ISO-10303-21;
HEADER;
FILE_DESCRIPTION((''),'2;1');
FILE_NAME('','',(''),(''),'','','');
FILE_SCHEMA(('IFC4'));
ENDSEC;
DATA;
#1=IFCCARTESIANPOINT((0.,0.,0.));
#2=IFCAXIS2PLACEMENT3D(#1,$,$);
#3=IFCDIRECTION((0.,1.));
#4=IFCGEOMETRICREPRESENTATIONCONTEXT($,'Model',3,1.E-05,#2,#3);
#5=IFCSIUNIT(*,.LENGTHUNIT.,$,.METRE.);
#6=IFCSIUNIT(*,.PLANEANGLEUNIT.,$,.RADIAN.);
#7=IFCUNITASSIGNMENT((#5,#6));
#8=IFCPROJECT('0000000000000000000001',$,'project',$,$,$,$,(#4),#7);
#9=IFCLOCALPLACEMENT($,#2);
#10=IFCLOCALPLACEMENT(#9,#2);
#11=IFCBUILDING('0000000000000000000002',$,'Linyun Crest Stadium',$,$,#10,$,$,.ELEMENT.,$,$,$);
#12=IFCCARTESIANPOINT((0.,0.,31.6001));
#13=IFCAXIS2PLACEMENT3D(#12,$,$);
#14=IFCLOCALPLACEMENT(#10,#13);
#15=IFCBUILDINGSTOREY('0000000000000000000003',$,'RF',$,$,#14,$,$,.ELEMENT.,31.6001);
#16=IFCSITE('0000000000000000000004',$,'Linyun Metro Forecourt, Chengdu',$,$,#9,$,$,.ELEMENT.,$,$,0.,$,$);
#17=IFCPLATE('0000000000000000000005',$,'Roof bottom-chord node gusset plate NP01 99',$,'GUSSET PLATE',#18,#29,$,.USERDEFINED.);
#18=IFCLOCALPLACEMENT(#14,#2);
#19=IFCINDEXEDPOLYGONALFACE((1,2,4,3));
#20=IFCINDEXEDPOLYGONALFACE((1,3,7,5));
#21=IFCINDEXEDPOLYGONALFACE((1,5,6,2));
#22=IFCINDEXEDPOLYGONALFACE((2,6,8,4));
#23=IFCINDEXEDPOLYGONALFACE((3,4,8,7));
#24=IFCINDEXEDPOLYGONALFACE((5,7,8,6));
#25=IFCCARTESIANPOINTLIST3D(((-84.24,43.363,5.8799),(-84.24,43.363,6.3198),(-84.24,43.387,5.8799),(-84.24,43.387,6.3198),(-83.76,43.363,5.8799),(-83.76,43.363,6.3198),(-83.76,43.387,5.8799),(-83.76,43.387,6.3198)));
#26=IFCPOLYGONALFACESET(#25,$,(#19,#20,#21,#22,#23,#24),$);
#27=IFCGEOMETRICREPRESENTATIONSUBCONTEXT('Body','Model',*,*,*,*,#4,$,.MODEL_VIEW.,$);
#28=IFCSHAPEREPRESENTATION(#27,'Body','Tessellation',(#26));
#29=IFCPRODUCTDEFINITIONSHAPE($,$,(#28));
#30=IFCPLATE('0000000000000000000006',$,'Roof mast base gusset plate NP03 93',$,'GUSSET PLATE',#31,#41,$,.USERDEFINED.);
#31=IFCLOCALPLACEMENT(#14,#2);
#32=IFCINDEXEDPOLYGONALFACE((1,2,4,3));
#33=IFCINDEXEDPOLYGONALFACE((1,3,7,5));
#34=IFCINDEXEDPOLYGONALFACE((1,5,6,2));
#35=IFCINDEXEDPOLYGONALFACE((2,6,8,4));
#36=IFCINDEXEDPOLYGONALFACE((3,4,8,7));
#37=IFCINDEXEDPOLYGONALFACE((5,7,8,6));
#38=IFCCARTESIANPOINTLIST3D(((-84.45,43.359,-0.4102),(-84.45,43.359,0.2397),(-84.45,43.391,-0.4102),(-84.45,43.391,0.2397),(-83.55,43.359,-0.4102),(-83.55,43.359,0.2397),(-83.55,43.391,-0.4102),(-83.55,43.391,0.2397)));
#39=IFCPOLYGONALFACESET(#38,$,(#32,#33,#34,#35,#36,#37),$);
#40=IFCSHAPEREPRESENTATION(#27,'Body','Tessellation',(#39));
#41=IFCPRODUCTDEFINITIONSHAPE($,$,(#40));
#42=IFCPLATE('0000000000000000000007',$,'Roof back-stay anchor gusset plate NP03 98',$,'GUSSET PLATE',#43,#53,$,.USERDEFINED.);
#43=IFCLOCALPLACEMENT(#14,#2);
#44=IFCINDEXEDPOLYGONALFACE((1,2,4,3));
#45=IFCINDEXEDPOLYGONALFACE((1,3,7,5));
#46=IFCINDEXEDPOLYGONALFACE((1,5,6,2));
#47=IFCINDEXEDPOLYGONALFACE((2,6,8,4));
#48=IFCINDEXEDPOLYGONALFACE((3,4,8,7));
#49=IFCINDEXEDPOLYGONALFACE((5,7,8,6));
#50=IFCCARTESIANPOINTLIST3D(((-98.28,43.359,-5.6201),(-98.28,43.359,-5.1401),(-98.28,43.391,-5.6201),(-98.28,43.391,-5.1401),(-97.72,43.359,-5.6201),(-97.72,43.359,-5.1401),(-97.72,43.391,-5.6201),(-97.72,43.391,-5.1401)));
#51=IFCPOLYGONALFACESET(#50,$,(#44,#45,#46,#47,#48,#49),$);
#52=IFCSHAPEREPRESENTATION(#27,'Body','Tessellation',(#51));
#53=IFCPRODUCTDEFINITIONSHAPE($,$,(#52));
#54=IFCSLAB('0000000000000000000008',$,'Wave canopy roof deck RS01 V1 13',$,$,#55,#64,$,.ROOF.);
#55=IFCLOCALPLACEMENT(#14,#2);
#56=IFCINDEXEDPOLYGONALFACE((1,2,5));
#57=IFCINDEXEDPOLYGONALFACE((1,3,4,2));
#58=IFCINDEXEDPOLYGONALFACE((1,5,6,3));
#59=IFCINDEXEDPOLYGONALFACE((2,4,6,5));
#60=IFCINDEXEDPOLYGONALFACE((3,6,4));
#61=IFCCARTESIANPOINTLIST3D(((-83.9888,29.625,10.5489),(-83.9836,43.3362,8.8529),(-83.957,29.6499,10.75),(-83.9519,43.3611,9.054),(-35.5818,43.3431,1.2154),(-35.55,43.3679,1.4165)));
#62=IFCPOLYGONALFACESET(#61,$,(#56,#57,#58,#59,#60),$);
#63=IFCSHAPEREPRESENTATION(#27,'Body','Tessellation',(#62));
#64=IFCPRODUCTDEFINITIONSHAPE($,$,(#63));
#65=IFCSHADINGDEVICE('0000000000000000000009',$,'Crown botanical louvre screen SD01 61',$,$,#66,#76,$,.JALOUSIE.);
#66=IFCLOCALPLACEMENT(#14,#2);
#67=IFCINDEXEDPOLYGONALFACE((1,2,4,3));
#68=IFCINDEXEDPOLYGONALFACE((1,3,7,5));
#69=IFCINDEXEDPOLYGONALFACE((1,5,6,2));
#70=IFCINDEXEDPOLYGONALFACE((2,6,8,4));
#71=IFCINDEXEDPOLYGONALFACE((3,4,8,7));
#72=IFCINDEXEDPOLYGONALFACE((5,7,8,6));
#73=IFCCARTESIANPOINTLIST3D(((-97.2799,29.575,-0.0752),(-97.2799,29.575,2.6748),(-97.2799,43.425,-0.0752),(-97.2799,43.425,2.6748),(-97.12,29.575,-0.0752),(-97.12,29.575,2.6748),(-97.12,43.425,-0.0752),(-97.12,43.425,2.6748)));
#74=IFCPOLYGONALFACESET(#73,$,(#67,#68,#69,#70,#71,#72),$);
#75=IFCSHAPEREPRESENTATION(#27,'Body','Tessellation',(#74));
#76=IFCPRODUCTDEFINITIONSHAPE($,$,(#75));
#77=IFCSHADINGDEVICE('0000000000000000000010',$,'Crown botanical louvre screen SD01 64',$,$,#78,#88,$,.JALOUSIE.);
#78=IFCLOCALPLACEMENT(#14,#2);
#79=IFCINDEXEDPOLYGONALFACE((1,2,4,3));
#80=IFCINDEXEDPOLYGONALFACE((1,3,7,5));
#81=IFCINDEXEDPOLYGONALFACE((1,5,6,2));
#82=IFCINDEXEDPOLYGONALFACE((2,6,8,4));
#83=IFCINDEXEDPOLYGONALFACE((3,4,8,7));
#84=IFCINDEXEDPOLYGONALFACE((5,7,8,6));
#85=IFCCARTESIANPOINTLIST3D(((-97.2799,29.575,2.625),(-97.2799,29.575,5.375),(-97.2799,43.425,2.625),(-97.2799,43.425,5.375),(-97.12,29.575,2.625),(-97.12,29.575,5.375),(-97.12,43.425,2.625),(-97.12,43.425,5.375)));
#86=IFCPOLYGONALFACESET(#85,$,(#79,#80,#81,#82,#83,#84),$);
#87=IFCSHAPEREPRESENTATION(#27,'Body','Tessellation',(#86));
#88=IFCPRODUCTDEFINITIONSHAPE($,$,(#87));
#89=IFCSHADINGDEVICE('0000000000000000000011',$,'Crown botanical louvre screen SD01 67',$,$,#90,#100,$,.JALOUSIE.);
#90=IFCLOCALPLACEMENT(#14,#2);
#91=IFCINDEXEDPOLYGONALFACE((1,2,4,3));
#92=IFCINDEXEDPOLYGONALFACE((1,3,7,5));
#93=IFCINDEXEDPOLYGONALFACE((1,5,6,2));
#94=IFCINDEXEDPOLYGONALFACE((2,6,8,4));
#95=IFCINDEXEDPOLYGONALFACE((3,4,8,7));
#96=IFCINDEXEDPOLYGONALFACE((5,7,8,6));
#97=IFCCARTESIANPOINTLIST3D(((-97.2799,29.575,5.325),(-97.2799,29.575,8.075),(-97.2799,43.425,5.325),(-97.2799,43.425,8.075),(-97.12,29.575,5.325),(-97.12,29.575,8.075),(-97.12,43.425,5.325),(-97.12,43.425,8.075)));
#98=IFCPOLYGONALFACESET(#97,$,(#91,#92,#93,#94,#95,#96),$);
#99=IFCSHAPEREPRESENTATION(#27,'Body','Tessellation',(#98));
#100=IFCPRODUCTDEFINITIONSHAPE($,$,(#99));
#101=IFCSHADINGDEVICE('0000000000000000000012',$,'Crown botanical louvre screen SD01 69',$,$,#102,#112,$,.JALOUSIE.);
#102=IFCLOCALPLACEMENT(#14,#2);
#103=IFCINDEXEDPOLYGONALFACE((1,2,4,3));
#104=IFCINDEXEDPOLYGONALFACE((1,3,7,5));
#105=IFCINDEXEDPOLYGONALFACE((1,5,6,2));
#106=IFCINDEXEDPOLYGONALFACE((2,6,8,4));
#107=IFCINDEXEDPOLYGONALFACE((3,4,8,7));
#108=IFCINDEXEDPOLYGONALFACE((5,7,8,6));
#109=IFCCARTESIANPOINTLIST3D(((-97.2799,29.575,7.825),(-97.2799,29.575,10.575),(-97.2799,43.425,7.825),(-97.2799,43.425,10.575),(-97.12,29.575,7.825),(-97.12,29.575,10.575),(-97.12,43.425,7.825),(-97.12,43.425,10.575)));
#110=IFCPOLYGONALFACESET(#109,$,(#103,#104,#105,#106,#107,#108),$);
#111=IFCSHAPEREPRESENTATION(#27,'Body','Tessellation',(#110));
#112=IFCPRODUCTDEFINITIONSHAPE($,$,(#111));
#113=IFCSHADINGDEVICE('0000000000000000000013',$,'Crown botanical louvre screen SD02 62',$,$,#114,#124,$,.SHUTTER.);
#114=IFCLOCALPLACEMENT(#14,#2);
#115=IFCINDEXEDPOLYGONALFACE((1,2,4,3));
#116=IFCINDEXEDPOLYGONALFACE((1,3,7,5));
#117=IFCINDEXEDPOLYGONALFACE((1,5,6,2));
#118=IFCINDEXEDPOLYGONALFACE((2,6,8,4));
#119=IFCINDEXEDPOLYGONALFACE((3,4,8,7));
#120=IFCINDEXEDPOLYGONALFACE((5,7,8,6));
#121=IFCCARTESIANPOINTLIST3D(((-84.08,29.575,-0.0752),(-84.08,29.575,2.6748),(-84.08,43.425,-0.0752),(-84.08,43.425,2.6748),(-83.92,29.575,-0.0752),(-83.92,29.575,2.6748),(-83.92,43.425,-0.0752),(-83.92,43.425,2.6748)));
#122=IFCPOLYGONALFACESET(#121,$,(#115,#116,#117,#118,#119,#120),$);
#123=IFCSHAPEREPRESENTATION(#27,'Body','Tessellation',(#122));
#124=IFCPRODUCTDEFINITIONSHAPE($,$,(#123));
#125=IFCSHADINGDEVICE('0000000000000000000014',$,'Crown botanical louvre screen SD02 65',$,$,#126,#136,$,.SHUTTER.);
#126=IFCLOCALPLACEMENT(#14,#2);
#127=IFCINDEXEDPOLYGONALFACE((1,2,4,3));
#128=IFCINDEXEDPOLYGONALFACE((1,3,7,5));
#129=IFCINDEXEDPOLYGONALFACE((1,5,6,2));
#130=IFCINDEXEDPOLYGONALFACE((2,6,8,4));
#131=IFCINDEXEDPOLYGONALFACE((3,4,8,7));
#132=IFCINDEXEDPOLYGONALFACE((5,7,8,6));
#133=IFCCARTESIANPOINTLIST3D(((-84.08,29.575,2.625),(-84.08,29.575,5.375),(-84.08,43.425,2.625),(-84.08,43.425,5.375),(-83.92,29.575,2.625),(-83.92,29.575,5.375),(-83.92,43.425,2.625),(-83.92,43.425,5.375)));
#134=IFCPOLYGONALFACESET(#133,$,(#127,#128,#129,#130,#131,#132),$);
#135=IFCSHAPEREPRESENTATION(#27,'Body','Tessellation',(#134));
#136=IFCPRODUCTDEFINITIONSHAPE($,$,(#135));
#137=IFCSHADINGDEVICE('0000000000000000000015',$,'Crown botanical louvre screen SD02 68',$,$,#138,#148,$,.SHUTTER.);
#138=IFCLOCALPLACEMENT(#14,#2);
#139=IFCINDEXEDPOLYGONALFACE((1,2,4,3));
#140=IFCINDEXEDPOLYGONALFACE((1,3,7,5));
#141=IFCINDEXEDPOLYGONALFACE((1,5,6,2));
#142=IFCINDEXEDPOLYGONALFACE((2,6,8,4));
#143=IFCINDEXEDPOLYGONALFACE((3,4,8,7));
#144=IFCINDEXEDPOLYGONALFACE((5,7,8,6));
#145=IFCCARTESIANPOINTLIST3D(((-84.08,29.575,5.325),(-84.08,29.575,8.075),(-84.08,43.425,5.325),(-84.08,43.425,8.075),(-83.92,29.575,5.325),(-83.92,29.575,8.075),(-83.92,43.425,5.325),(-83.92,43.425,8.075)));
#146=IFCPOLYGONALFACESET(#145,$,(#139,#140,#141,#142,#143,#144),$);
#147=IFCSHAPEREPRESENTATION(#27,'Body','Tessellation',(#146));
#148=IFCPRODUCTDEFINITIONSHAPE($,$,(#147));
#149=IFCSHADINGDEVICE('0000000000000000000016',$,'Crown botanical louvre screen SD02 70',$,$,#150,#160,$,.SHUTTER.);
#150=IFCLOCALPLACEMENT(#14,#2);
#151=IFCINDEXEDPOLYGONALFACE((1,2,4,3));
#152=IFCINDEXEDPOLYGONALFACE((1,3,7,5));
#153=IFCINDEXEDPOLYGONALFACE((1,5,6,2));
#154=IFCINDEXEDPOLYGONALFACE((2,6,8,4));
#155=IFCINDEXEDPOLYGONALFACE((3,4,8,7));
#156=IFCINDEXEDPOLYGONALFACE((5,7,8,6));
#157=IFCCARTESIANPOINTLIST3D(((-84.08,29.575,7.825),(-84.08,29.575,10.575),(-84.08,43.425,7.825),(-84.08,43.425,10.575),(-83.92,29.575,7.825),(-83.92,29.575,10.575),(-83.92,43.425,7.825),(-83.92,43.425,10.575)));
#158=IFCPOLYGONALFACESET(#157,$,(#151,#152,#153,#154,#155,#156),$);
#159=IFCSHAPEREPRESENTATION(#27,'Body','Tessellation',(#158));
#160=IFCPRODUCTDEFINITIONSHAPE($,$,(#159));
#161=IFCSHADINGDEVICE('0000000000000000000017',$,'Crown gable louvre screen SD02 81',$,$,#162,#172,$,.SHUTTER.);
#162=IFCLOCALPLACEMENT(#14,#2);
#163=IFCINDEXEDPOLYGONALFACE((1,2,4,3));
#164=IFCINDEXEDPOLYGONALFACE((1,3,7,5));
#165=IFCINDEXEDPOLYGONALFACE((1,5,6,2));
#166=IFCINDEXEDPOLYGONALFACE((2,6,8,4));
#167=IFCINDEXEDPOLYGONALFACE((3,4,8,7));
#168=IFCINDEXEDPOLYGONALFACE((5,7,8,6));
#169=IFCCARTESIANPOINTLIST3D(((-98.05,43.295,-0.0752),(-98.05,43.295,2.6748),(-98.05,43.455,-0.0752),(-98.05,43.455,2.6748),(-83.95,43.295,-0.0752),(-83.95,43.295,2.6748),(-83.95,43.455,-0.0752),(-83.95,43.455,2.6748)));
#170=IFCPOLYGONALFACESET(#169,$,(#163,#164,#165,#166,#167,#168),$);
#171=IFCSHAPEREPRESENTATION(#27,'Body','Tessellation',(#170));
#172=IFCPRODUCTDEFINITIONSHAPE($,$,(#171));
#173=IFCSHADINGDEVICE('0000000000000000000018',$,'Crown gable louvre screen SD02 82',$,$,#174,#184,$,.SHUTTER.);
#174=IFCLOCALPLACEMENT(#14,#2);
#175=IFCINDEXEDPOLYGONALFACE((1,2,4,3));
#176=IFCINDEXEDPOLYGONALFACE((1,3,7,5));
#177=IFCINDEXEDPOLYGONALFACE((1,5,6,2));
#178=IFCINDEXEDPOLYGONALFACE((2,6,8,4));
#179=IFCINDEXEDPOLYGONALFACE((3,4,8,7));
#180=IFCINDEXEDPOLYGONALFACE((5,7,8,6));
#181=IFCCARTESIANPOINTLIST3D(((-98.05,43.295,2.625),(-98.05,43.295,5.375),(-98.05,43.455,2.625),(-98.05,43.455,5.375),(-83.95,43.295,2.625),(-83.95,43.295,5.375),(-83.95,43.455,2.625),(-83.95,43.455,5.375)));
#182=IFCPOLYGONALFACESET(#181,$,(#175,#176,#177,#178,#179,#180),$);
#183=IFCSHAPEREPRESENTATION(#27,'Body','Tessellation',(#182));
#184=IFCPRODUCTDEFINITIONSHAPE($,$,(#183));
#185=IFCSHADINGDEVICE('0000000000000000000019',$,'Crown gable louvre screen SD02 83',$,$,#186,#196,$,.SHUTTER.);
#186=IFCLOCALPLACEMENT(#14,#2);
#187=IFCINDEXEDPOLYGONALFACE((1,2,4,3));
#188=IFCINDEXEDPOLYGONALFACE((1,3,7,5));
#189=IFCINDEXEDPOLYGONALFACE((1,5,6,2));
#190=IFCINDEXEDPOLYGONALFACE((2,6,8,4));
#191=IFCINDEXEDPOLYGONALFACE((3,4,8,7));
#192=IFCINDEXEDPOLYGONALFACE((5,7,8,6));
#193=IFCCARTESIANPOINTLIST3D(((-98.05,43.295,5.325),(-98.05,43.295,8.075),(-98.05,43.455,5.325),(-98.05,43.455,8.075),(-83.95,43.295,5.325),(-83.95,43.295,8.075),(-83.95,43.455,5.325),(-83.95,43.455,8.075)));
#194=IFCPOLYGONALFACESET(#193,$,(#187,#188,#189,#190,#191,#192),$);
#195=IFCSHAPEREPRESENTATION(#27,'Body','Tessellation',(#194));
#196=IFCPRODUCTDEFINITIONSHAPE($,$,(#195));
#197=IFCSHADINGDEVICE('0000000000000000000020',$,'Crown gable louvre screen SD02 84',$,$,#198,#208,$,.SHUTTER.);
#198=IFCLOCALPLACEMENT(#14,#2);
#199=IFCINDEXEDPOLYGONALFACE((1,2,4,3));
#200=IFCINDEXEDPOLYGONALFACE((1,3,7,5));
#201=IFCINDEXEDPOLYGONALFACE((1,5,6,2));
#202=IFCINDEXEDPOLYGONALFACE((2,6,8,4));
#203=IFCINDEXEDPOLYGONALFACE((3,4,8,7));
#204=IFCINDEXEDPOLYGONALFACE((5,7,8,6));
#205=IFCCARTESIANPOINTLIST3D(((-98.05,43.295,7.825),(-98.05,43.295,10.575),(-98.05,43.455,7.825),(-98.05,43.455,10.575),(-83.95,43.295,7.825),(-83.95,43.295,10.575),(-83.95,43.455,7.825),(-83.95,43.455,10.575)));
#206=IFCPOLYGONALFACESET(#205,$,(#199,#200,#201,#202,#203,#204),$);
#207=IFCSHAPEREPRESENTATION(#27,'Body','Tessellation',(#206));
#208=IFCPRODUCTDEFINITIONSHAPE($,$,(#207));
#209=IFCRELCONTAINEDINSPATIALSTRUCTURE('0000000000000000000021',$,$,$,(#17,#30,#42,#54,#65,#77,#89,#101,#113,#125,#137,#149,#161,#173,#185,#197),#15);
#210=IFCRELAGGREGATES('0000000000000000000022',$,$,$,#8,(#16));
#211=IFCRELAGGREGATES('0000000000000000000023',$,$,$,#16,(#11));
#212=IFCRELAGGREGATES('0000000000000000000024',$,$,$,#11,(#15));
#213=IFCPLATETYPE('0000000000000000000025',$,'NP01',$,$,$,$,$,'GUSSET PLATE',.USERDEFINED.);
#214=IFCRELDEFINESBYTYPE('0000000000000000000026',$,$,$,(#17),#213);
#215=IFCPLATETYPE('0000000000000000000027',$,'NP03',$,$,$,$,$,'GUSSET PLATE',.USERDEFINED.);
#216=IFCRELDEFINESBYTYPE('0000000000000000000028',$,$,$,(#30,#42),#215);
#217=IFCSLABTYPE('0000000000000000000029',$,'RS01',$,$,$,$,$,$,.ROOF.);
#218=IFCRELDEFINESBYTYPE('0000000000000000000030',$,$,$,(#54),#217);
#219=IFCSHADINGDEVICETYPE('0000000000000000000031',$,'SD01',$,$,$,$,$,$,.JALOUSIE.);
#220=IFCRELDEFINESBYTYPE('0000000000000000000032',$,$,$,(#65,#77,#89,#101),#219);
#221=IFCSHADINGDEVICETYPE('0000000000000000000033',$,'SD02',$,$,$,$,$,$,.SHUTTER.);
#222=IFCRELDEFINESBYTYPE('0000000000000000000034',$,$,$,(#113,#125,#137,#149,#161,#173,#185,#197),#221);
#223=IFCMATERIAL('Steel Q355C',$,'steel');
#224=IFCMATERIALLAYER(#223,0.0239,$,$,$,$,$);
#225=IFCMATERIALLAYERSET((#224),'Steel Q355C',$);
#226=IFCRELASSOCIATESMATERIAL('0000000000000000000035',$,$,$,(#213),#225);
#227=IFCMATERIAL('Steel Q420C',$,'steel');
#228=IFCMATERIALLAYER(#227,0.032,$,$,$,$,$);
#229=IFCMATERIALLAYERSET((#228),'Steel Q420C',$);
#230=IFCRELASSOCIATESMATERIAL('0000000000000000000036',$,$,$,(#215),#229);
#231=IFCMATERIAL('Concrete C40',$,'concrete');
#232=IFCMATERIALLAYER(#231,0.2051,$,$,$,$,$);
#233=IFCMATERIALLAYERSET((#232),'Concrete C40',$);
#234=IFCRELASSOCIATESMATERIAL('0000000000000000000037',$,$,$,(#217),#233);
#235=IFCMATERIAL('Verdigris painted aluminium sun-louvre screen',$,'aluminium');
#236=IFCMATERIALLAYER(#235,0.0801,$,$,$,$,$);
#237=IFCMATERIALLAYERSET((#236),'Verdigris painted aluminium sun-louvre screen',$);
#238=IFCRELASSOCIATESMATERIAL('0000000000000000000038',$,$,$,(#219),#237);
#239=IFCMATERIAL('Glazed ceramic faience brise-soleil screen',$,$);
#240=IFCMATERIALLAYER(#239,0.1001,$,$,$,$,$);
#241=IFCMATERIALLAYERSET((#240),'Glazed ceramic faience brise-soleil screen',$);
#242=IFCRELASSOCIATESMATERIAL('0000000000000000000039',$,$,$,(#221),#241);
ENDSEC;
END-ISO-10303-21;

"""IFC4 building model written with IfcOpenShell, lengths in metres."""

from ifc_helpers import new_model, si_unit, direction, frame, origin, origin_2d, place, context, subcontext, project, spatial, polyline, rectangle, outline, extrude, material, layer, layer_set, type_object, element, save


model = new_model("IFC4")

# Units and contexts
model_context = context("Model", 3, precision=1e-05, world=origin(), true_north=direction((0.0, 1.0)))
body_context = subcontext(model_context, "Body", "Model", "MODEL_VIEW")
ifc_project = project(units=[si_unit("LENGTHUNIT", "METRE"), si_unit("PLANEANGLEUNIT", "RADIAN")], contexts=[model_context])

# Site, building, storey
site_placement = place(None, origin())
site = spatial("IfcSite", under=ifc_project, at=site_placement, Name="Linyun Metro Forecourt, Chengdu", CompositionType="ELEMENT", RefElevation=0.0)
building_placement = place(site_placement, origin())
building = spatial("IfcBuilding", under=site, at=building_placement, Name="Linyun Crest Stadium", CompositionType="ELEMENT")
storey_placement = place(building_placement, frame((0.0, 0.0, 31.6001)))
storey = spatial("IfcBuildingStorey", under=building, at=storey_placement, Name="RF", CompositionType="ELEMENT", Elevation=31.6001)

# Plates
ifc_material_1 = material(Name="Steel Q355C", Category="steel")
ifc_layer_1 = layer(ifc_material_1, 0.0239)
ifc_layer_set_1 = layer_set([ifc_layer_1], Name="Steel Q355C")
plate_type_1 = type_object("IfcPlateType", Name="NP01", ElementType="GUSSET PLATE", PredefinedType="USERDEFINED", material=ifc_layer_set_1)
plate_1_placement = place(storey_placement, frame((-84.0, 43.375, 5.8799), z_axis=(0.0, 0.0, 1.0), x_axis=(1.0, 0.0, 0.0)))
element("IfcPlate", 1, at=plate_1_placement, inside=storey, type_object=plate_type_1, Name="Roof bottom-chord node gusset plate NP01 99", ObjectType="GUSSET PLATE", PredefinedType="USERDEFINED", context=body_context, shape_type="SweptSolid", body=[
    extrude(rectangle(XDim=0.48, YDim=0.0239, at=origin_2d()), origin(), (0.0, 0.0, 1.0), 0.4399),
])
ifc_material_2 = material(Name="Steel Q420C", Category="steel")
ifc_layer_2 = layer(ifc_material_2, 0.032)
ifc_layer_set_2 = layer_set([ifc_layer_2], Name="Steel Q420C")
plate_type_2 = type_object("IfcPlateType", Name="NP03", ElementType="GUSSET PLATE", PredefinedType="USERDEFINED", material=ifc_layer_set_2)
plate_2_placement = place(storey_placement, frame((-84.0, 43.375, -0.4102), z_axis=(0.0, 0.0, 1.0), x_axis=(1.0, 0.0, 0.0)))
element("IfcPlate", 2, at=plate_2_placement, inside=storey, type_object=plate_type_2, Name="Roof mast base gusset plate NP03 93", ObjectType="GUSSET PLATE", PredefinedType="USERDEFINED", context=body_context, shape_type="SweptSolid", body=[
    extrude(rectangle(XDim=0.8999, YDim=0.032, at=origin_2d()), origin(), (0.0, 0.0, 1.0), 0.6499),
])
plate_3_placement = place(storey_placement, frame((-98.0, 43.375, -5.6201), z_axis=(0.0, 0.0, 1.0), x_axis=(1.0, 0.0, 0.0)))
element("IfcPlate", 3, at=plate_3_placement, inside=storey, type_object=plate_type_2, Name="Roof back-stay anchor gusset plate NP03 98", ObjectType="GUSSET PLATE", PredefinedType="USERDEFINED", context=body_context, shape_type="SweptSolid", body=[
    extrude(rectangle(XDim=0.5601, YDim=0.032, at=origin_2d()), origin(), (0.0, 0.0, 1.0), 0.48),
])

# Slab
ifc_material_3 = material(Name="Concrete C40", Category="concrete")
ifc_layer_3 = layer(ifc_material_3, 0.2051)
ifc_layer_set_3 = layer_set([ifc_layer_3], Name="Concrete C40")
slab_type = type_object("IfcSlabType", Name="RS01", PredefinedType="ROOF", material=ifc_layer_set_3)
slab_placement = place(storey_placement, frame((-83.957, 29.6499, 10.75), z_axis=(0.154698, 0.121227, 0.980496), x_axis=(0.000371, 0.992436, -0.122762)))
element("IfcSlab", 4, at=slab_placement, inside=storey, type_object=slab_type, Name="Wave canopy roof deck RS01 V1 13", PredefinedType="ROOF", context=body_context, shape_type="SweptSolid", body=[
    extrude(outline(polyline([(0.0, 0.0), (13.8157, 0.0), (14.778, -48.9913), (0.0, 0.0)])), origin(), (0.0, 0.0, -1.0), 0.2051),
])

# Shading devices
ifc_material_4 = material(Name="Verdigris painted aluminium sun-louvre screen", Category="aluminium")
ifc_layer_4 = layer(ifc_material_4, 0.0801)
ifc_layer_set_4 = layer_set([ifc_layer_4], Name="Verdigris painted aluminium sun-louvre screen")
shading_device_type_1 = type_object("IfcShadingDeviceType", Name="SD01", PredefinedType="JALOUSIE", material=ifc_layer_set_4)
for number, where, z_axis, x_axis, name in (
    (5, (-97.2, 36.5, -0.0752), (0.0, 0.0, 1.0), (1.0, 0.0, 0.0), "Crown botanical louvre screen SD01 61"),
    (6, (-97.2, 36.5, 2.625), (0.0, 0.0, 1.0), (1.0, 0.0, 0.0), "Crown botanical louvre screen SD01 64"),
    (7, (-97.2, 36.5, 5.325), (0.0, 0.0, 1.0), (1.0, 0.0, 0.0), "Crown botanical louvre screen SD01 67"),
    (8, (-97.2, 36.5, 7.825), (0.0, 0.0, 1.0), (1.0, 0.0, 0.0), "Crown botanical louvre screen SD01 69"),
):
    element("IfcShadingDevice", number, at=place(storey_placement, frame(where, z_axis=z_axis, x_axis=x_axis)), inside=storey, type_object=shading_device_type_1, Name=name, PredefinedType="JALOUSIE", context=body_context, shape_type="SweptSolid", body=[
        extrude(rectangle(XDim=0.1599, YDim=13.8501, at=origin_2d()), origin(), (0.0, 0.0, 1.0), 2.75),
    ])
ifc_material_5 = material(Name="Glazed ceramic faience brise-soleil screen")
ifc_layer_5 = layer(ifc_material_5, 0.1001)
ifc_layer_set_5 = layer_set([ifc_layer_5], Name="Glazed ceramic faience brise-soleil screen")
shading_device_type_2 = type_object("IfcShadingDeviceType", Name="SD02", PredefinedType="SHUTTER", material=ifc_layer_set_5)
for number, where, z_axis, x_axis, name in (
    (9, (-84.0, 36.5, -0.0752), (0.0, 0.0, 1.0), (1.0, 0.0, 0.0), "Crown botanical louvre screen SD02 62"),
    (10, (-84.0, 36.5, 2.625), (0.0, 0.0, 1.0), (1.0, 0.0, 0.0), "Crown botanical louvre screen SD02 65"),
    (11, (-84.0, 36.5, 5.325), (0.0, 0.0, 1.0), (1.0, 0.0, 0.0), "Crown botanical louvre screen SD02 68"),
    (12, (-84.0, 36.5, 7.825), (0.0, 0.0, 1.0), (1.0, 0.0, 0.0), "Crown botanical louvre screen SD02 70"),
):
    element("IfcShadingDevice", number, at=place(storey_placement, frame(where, z_axis=z_axis, x_axis=x_axis)), inside=storey, type_object=shading_device_type_2, Name=name, PredefinedType="SHUTTER", context=body_context, shape_type="SweptSolid", body=[
        extrude(rectangle(XDim=0.1599, YDim=13.8501, at=origin_2d()), origin(), (0.0, 0.0, 1.0), 2.75),
    ])
for number, where, z_axis, x_axis, name in (
    (13, (-91.0, 43.375, -0.0752), (0.0, 0.0, 1.0), (1.0, 0.0, 0.0), "Crown gable louvre screen SD02 81"),
    (14, (-91.0, 43.375, 2.625), (0.0, 0.0, 1.0), (1.0, 0.0, 0.0), "Crown gable louvre screen SD02 82"),
    (15, (-91.0, 43.375, 5.325), (0.0, 0.0, 1.0), (1.0, 0.0, 0.0), "Crown gable louvre screen SD02 83"),
    (16, (-91.0, 43.375, 7.825), (0.0, 0.0, 1.0), (1.0, 0.0, 0.0), "Crown gable louvre screen SD02 84"),
):
    element("IfcShadingDevice", number, at=place(storey_placement, frame(where, z_axis=z_axis, x_axis=x_axis)), inside=storey, type_object=shading_device_type_2, Name=name, PredefinedType="SHUTTER", context=body_context, shape_type="SweptSolid", body=[
        extrude(rectangle(XDim=14.1001, YDim=0.1599, at=origin_2d()), origin(), (0.0, 0.0, 1.0), 2.75),
    ])

save(model, "model.ifc")
